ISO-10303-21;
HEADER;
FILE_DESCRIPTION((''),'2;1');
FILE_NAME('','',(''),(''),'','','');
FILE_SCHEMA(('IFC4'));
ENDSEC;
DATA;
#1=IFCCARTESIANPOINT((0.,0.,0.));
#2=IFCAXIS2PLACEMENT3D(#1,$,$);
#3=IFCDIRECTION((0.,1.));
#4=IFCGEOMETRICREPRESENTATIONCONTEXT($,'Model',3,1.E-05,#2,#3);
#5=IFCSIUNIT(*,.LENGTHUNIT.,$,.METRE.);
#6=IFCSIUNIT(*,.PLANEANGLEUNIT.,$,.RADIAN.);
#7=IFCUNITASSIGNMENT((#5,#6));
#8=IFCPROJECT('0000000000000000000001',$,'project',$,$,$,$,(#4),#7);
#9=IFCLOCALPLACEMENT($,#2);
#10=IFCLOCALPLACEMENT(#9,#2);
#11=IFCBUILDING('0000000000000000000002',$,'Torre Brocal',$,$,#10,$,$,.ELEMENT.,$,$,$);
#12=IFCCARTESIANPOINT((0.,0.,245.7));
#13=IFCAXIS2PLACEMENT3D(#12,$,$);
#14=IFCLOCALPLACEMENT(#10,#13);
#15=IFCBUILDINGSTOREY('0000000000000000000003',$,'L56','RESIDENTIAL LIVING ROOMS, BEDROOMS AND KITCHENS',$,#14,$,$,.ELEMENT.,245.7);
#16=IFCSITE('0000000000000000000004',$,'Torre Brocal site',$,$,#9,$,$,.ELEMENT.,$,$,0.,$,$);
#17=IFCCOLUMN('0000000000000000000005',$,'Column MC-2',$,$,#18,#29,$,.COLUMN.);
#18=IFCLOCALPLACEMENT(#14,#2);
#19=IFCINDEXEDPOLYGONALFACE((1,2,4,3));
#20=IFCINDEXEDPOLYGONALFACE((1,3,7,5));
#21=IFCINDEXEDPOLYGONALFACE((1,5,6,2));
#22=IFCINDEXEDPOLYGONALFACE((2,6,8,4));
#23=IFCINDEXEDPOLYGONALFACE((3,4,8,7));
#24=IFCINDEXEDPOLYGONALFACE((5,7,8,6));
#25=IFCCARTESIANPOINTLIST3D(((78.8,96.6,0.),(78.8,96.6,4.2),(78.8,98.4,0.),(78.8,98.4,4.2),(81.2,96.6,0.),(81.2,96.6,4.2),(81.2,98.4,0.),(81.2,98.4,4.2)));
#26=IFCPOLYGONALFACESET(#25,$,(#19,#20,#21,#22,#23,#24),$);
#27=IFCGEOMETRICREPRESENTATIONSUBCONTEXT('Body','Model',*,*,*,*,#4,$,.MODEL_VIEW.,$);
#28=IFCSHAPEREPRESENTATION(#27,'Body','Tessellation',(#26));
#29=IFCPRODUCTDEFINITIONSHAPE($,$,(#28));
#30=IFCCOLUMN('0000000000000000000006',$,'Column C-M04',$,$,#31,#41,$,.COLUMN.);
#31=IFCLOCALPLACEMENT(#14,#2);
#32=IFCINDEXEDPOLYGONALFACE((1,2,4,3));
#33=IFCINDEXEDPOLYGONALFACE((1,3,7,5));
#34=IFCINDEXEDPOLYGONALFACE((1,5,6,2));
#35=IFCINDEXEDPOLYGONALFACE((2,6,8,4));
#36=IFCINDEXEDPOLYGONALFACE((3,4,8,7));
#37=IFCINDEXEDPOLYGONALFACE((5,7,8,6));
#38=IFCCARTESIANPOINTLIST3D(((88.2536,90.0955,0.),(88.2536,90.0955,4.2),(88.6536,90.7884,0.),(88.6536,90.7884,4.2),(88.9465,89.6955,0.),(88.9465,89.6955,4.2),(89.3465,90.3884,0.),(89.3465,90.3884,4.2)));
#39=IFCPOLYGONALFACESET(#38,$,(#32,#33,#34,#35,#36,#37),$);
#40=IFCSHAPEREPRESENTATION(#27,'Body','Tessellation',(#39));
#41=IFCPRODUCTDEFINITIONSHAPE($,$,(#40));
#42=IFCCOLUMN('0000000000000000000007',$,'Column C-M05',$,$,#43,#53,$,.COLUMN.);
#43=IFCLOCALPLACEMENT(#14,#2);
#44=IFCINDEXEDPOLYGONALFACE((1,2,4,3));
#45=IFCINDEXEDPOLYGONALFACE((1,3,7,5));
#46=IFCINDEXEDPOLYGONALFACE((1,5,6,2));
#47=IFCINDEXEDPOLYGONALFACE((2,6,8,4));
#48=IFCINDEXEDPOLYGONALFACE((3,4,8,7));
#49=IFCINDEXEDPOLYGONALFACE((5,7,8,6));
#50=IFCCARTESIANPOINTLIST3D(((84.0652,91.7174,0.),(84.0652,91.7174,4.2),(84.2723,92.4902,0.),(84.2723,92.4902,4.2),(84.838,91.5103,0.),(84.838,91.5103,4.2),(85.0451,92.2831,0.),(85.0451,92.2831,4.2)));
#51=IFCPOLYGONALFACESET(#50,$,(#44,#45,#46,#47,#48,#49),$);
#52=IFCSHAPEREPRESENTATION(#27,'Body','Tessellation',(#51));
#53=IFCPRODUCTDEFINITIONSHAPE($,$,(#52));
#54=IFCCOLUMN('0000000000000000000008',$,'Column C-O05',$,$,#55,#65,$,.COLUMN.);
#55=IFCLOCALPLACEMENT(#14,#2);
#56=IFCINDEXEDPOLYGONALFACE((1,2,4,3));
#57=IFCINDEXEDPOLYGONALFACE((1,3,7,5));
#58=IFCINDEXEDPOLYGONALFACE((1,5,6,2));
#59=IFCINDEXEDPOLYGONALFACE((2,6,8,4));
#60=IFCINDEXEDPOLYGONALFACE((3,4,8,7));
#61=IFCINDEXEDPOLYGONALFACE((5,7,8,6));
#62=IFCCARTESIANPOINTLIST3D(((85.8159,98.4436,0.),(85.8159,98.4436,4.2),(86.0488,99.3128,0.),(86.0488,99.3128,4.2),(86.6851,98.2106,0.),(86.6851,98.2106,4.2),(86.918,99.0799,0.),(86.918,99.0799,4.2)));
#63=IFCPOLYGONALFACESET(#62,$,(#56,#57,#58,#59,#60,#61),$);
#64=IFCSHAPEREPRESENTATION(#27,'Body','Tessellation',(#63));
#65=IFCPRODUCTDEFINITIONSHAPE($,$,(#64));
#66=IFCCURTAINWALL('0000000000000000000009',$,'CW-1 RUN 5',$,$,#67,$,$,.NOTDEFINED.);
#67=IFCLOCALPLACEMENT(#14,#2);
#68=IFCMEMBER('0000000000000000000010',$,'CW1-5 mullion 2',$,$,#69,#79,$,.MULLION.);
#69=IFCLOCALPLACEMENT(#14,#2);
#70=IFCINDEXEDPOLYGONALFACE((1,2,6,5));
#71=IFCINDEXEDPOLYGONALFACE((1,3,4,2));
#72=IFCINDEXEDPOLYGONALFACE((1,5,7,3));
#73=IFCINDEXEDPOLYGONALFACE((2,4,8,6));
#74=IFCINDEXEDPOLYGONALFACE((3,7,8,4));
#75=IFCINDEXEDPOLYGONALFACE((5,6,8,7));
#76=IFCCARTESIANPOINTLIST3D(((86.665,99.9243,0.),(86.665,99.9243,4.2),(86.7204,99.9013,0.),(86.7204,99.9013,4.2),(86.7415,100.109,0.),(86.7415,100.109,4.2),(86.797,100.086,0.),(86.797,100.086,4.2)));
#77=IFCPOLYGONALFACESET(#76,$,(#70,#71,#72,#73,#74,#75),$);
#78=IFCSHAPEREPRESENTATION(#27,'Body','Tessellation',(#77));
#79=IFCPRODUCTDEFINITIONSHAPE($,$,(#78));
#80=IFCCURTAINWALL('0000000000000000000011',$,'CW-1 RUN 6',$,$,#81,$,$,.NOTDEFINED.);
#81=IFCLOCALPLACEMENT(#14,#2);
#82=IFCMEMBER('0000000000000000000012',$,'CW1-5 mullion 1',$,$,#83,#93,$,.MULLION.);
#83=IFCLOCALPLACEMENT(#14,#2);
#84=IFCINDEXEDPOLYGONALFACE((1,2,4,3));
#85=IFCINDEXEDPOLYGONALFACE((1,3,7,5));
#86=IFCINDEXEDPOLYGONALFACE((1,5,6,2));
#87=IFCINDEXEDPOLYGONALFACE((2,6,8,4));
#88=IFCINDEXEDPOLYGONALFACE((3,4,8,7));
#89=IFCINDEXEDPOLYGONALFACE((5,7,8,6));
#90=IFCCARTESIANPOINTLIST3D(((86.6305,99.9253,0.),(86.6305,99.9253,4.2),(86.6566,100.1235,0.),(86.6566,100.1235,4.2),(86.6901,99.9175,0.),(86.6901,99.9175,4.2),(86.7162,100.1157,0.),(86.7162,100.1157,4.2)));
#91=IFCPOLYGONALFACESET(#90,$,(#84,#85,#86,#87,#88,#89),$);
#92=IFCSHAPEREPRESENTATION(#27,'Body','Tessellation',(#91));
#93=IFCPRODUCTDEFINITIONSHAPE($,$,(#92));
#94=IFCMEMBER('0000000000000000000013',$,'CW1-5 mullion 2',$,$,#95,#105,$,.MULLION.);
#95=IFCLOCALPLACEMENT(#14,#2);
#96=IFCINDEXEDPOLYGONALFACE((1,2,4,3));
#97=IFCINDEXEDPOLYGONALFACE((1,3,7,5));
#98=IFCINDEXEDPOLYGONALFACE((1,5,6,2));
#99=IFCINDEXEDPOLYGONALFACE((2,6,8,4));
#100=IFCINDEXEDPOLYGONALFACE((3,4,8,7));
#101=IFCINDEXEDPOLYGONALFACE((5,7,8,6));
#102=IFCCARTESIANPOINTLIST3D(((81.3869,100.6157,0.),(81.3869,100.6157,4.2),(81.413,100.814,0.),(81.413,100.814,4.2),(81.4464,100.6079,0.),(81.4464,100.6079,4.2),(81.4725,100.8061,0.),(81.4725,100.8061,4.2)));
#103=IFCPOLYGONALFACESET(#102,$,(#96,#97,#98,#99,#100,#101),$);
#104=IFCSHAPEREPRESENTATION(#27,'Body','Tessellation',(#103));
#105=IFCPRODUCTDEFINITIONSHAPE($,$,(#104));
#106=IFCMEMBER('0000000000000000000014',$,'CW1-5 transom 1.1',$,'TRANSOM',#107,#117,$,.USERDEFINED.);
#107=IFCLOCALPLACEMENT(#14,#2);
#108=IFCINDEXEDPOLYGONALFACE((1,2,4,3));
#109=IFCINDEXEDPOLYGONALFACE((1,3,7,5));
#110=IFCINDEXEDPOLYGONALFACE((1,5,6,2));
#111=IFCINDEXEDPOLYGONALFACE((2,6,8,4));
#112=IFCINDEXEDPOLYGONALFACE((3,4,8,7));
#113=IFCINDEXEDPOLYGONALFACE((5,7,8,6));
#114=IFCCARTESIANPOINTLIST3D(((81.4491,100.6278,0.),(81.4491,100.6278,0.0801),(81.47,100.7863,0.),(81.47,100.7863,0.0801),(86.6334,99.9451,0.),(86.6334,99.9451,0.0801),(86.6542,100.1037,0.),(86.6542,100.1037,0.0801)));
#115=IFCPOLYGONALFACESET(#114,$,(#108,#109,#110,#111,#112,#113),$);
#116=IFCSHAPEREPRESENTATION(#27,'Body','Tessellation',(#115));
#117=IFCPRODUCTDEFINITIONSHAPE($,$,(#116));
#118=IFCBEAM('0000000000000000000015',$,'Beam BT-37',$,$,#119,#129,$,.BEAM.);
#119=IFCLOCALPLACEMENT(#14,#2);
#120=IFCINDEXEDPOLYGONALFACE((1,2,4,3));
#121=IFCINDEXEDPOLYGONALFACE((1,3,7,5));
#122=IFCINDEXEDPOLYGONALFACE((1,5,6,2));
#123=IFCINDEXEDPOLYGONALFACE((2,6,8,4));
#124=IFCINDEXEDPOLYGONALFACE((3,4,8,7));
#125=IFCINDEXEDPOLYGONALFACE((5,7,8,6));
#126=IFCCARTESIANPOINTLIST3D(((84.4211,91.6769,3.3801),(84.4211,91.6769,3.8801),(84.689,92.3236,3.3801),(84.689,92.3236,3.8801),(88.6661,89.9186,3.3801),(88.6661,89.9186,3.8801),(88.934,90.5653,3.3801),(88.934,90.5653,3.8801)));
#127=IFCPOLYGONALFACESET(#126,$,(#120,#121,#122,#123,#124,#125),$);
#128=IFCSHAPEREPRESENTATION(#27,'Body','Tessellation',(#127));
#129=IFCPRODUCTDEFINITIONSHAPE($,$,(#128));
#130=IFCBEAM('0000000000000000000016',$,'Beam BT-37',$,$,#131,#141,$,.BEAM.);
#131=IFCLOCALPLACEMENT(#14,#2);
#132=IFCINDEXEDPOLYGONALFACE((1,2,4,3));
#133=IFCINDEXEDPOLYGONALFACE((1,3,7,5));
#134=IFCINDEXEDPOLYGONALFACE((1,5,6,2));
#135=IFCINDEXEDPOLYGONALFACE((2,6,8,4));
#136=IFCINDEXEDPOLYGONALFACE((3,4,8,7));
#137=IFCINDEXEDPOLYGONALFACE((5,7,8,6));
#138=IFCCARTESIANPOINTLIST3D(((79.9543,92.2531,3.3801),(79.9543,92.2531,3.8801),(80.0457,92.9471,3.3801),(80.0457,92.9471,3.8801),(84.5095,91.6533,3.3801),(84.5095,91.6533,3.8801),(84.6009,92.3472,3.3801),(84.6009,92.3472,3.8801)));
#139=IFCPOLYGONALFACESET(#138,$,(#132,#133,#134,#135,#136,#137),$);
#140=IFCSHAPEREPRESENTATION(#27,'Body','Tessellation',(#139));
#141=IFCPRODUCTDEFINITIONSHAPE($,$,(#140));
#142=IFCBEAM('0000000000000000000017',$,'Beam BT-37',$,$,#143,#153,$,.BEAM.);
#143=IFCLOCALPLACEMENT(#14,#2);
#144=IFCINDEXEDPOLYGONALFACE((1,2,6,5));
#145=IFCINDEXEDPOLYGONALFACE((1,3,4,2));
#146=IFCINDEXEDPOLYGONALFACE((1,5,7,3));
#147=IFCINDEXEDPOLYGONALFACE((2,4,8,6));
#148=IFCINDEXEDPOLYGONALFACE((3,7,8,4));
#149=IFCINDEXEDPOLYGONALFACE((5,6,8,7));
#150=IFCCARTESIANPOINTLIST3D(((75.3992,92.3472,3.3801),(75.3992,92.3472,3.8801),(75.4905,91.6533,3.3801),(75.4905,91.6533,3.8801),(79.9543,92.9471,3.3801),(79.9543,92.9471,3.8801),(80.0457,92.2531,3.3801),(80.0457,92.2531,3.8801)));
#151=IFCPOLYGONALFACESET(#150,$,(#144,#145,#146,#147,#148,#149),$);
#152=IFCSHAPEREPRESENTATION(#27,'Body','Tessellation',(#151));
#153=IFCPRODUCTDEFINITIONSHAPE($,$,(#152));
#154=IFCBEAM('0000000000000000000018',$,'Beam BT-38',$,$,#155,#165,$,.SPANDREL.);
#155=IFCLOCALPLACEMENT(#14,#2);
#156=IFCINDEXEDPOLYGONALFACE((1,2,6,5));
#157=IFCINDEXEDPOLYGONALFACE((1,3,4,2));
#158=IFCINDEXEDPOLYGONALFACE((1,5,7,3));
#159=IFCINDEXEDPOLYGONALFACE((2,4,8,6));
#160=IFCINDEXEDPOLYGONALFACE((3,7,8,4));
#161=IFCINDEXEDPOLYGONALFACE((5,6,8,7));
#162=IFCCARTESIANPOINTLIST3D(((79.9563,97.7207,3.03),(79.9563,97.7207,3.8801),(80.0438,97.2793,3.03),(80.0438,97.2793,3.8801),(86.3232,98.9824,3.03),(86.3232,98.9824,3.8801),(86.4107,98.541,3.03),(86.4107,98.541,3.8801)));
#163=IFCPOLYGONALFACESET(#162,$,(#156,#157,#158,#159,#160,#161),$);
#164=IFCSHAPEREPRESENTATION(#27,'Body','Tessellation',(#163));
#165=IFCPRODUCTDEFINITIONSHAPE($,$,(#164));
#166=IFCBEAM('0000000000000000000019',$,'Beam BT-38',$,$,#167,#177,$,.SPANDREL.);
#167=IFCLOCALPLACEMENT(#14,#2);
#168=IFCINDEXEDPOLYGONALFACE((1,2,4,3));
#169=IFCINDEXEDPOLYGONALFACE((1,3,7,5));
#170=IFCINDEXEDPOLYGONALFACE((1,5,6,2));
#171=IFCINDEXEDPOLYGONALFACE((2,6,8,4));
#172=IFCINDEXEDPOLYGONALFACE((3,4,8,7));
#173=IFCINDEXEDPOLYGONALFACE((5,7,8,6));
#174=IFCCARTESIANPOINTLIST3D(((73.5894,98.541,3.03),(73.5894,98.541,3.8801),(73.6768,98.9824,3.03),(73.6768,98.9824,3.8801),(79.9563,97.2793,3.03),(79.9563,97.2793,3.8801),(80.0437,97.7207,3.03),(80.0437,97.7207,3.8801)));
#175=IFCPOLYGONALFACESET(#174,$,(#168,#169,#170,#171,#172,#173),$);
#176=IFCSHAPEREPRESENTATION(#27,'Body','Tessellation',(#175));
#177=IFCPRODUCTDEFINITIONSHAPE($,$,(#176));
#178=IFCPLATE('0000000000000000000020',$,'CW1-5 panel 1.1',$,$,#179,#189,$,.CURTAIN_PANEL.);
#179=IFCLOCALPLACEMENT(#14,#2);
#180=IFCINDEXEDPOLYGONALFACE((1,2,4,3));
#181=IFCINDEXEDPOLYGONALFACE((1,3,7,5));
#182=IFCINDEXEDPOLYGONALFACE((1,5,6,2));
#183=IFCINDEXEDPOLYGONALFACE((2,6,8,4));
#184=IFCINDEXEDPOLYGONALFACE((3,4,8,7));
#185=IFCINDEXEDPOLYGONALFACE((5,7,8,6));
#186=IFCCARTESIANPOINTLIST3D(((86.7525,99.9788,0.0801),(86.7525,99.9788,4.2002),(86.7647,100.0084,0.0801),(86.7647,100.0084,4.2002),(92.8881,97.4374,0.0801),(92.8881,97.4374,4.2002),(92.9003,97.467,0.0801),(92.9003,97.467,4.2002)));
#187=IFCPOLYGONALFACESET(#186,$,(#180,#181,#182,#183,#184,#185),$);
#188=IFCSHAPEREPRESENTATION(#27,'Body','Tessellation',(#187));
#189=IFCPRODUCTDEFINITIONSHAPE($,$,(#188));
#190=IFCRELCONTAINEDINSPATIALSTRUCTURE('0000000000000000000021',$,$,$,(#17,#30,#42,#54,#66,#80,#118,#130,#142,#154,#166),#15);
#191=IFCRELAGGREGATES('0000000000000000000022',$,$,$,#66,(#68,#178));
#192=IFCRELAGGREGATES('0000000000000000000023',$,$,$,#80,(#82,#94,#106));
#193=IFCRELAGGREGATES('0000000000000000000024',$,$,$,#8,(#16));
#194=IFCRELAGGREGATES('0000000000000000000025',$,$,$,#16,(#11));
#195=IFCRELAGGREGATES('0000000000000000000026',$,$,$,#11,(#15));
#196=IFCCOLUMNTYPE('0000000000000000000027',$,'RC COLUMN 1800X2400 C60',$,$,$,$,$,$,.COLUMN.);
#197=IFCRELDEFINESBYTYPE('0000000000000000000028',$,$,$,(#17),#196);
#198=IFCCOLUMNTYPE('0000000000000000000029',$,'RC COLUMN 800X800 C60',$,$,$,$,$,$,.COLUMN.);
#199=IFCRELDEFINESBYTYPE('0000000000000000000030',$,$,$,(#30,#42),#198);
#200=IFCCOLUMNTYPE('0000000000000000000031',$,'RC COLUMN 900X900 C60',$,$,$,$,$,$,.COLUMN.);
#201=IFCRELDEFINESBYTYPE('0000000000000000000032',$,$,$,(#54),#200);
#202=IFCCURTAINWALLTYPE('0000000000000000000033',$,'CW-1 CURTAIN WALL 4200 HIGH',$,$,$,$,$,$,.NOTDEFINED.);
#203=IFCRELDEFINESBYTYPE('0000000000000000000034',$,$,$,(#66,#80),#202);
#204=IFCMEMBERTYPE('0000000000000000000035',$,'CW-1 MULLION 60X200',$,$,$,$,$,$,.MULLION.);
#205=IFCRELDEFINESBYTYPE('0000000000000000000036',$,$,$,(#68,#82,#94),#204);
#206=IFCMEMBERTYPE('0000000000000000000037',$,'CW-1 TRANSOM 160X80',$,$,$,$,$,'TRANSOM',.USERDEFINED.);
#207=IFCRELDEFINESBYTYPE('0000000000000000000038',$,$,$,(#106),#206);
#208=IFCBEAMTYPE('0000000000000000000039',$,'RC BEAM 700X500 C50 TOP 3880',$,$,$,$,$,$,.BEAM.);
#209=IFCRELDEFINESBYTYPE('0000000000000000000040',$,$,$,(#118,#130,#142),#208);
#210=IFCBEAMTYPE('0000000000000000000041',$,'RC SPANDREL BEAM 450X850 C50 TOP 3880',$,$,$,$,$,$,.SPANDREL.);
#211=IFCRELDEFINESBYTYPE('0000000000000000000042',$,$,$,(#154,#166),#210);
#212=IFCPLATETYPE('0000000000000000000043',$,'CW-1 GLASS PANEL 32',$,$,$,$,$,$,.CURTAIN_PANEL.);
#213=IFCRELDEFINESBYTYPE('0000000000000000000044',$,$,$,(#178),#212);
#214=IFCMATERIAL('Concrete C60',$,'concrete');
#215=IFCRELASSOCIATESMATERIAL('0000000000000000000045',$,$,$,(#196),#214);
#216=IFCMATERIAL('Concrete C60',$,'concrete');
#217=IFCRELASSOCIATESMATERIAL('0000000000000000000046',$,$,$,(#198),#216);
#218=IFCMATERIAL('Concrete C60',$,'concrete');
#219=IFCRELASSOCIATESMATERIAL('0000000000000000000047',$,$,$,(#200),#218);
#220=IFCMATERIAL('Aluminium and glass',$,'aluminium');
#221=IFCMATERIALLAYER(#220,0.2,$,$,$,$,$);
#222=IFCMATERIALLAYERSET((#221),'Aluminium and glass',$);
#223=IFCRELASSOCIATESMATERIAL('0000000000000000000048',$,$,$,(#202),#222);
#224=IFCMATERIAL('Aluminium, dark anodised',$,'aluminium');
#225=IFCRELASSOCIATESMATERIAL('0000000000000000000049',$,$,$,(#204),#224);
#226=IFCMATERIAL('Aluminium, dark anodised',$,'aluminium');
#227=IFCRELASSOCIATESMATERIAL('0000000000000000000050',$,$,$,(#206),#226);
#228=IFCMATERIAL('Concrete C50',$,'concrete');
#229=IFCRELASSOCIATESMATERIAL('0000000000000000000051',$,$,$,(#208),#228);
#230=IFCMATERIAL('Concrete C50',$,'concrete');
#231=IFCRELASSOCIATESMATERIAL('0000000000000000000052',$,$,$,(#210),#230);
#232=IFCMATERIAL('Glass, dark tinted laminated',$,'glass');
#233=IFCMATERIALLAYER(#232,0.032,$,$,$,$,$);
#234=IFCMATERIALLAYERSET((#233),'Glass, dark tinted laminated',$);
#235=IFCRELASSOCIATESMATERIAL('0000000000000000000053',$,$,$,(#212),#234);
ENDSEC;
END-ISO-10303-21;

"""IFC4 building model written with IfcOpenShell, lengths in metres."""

from ifc_helpers import new_model, si_unit, direction, frame, origin, origin_2d, place, context, subcontext, project, spatial, rectangle, extrude, material, layer, layer_set, material_profile, profile_set, type_object, element, aggregate, save


model = new_model("IFC4")

# Units and contexts
model_context = context("Model", 3, precision=1e-05, world=origin(), true_north=direction((0.0, 1.0)))
body_context = subcontext(model_context, "Body", "Model", "MODEL_VIEW")
ifc_project = project(units=[si_unit("LENGTHUNIT", "METRE"), si_unit("PLANEANGLEUNIT", "RADIAN")], contexts=[model_context])

# Site, building, storey
site_placement = place(None, origin())
site = spatial("IfcSite", under=ifc_project, at=site_placement, Name="Torre Brocal site", CompositionType="ELEMENT", RefElevation=0.0)
building_placement = place(site_placement, origin())
building = spatial("IfcBuilding", under=site, at=building_placement, Name="Torre Brocal", CompositionType="ELEMENT")
storey_placement = place(building_placement, frame((0.0, 0.0, 245.7)))
storey = spatial("IfcBuildingStorey", under=building, at=storey_placement, Name="L56", Description="RESIDENTIAL LIVING ROOMS, BEDROOMS AND KITCHENS", CompositionType="ELEMENT", Elevation=245.7)

# Columns
ifc_material_1 = material(Name="Concrete C60", Category="concrete")
ifc_material_profile_1 = material_profile(ifc_material_1, rectangle(XDim=1.8, YDim=2.3999, at=origin_2d()), Name="RC 1800X2400")
ifc_profile_set_1 = profile_set([ifc_material_profile_1], Name="Concrete C60")
column_type_1 = type_object("IfcColumnType", Name="RC COLUMN 1800X2400 C60", PredefinedType="COLUMN", material=ifc_profile_set_1)
column_1_placement = place(storey_placement, frame((80.0, 97.5, 0.0), z_axis=(0.0, 0.0, 1.0), x_axis=(0.0, 1.0, 0.0)))
element("IfcColumn", 1, at=column_1_placement, inside=storey, type_object=column_type_1, Name="Column MC-2", PredefinedType="COLUMN", context=body_context, shape_type="SweptSolid", body=[
    extrude(rectangle(XDim=1.8, YDim=2.3999, at=origin_2d()), origin(), (0.0, 0.0, 1.0), 4.2),
])
ifc_material_2 = material(Name="Concrete C60", Category="concrete")
ifc_material_profile_2 = material_profile(ifc_material_2, rectangle(XDim=0.8, YDim=0.8, at=origin_2d()), Name="RC 800X800")
ifc_profile_set_2 = profile_set([ifc_material_profile_2], Name="Concrete C60")
column_type_2 = type_object("IfcColumnType", Name="RC COLUMN 800X800 C60", PredefinedType="COLUMN", material=ifc_profile_set_2)
for number, where, z_axis, x_axis, name in (
    (2, (88.8, 90.2419, 0.0), (0.0, 0.0, 1.0), (0.5, 0.866025, 0.0), "Column C-M04"),
    (3, (84.5552, 92.0002, 0.0), (0.0, 0.0, 1.0), (0.258819, 0.965926, 0.0), "Column C-M05"),
):
    element("IfcColumn", number, at=place(storey_placement, frame(where, z_axis=z_axis, x_axis=x_axis)), inside=storey, type_object=column_type_2, Name=name, PredefinedType="COLUMN", context=body_context, shape_type="SweptSolid", body=[
        extrude(rectangle(XDim=0.8, YDim=0.8, at=origin_2d()), origin(), (0.0, 0.0, 1.0), 4.2),
    ])
ifc_material_3 = material(Name="Concrete C60", Category="concrete")
ifc_material_profile_3 = material_profile(ifc_material_3, rectangle(XDim=0.8999, YDim=0.8999, at=origin_2d()), Name="RC 900X900")
ifc_profile_set_3 = profile_set([ifc_material_profile_3], Name="Concrete C60")
column_type_3 = type_object("IfcColumnType", Name="RC COLUMN 900X900 C60", PredefinedType="COLUMN", material=ifc_profile_set_3)
column_2_placement = place(storey_placement, frame((86.3669, 98.7617, 0.0), z_axis=(0.0, 0.0, 1.0), x_axis=(0.258819, 0.965926, 0.0)))
element("IfcColumn", 4, at=column_2_placement, inside=storey, type_object=column_type_3, Name="Column C-O05", PredefinedType="COLUMN", context=body_context, shape_type="SweptSolid", body=[
    extrude(rectangle(XDim=0.8999, YDim=0.8999, at=origin_2d()), origin(), (0.0, 0.0, 1.0), 4.2),
])

# Curtain wall, member
ifc_material_4 = material(Name="Aluminium and glass", Category="aluminium")
ifc_layer_1 = layer(ifc_material_4, 0.2)
ifc_layer_set_1 = layer_set([ifc_layer_1], Name="Aluminium and glass")
curtain_wall_type = type_object("IfcCurtainWallType", Name="CW-1 CURTAIN WALL 4200 HIGH", PredefinedType="NOTDEFINED", material=ifc_layer_set_1)
curtain_wall_1_placement = place(storey_placement, origin())
curtain_wall_1 = element("IfcCurtainWall", 5, at=curtain_wall_1_placement, inside=storey, type_object=curtain_wall_type, Name="CW-1 RUN 5", PredefinedType="NOTDEFINED")
ifc_material_5 = material(Name="Aluminium, dark anodised", Category="aluminium")
ifc_material_profile_4 = material_profile(ifc_material_5, rectangle(XDim=0.2, YDim=0.0601, at=origin_2d()), Name="CW-1 MULLION 60X200")
ifc_profile_set_4 = profile_set([ifc_material_profile_4], Name="Aluminium, dark anodised")
member_type_1 = type_object("IfcMemberType", Name="CW-1 MULLION 60X200", PredefinedType="MULLION", material=ifc_profile_set_4)
member_1_placement = place(storey_placement, frame((86.731, 100.0051, 0.0), z_axis=(0.0, 0.0, 1.0), x_axis=(-0.382683, -0.92388, 0.0)))
member_1 = element("IfcMember", 6, at=member_1_placement, type_object=member_type_1, Name="CW1-5 mullion 2", PredefinedType="MULLION", context=body_context, shape_type="SweptSolid", body=[
    extrude(rectangle(XDim=0.2, YDim=0.0601, at=origin_2d()), origin(), (0.0, 0.0, 1.0), 4.2),
])

# Curtain wall, members
curtain_wall_2_placement = place(storey_placement, origin())
curtain_wall_2 = element("IfcCurtainWall", 7, at=curtain_wall_2_placement, inside=storey, type_object=curtain_wall_type, Name="CW-1 RUN 6", PredefinedType="NOTDEFINED")
member_2_placement = place(storey_placement, frame((86.6733, 100.0205, 0.0), z_axis=(0.0, 0.0, 1.0), x_axis=(-0.130526, -0.991445, 0.0)))
member_2 = element("IfcMember", 8, at=member_2_placement, type_object=member_type_1, Name="CW1-5 mullion 1", PredefinedType="MULLION", context=body_context, shape_type="SweptSolid", body=[
    extrude(rectangle(XDim=0.2, YDim=0.0601, at=origin_2d()), origin(), (0.0, 0.0, 1.0), 4.2),
])
member_3_placement = place(storey_placement, frame((81.4297, 100.7109, 0.0), z_axis=(0.0, 0.0, 1.0), x_axis=(-0.130526, -0.991445, 0.0)))
member_3 = element("IfcMember", 9, at=member_3_placement, type_object=member_type_1, Name="CW1-5 mullion 2", PredefinedType="MULLION", context=body_context, shape_type="SweptSolid", body=[
    extrude(rectangle(XDim=0.2, YDim=0.0601, at=origin_2d()), origin(), (0.0, 0.0, 1.0), 4.2),
])
ifc_material_6 = material(Name="Aluminium, dark anodised", Category="aluminium")
ifc_material_profile_5 = material_profile(ifc_material_6, rectangle(XDim=0.1599, YDim=0.0801, at=origin_2d()), Name="CW-1 TRANSOM 160X80")
ifc_profile_set_5 = profile_set([ifc_material_profile_5], Name="Aluminium, dark anodised")
member_type_2 = type_object("IfcMemberType", Name="CW-1 TRANSOM 160X80", ElementType="TRANSOM", PredefinedType="USERDEFINED", material=ifc_profile_set_5)
member_4_placement = place(storey_placement, frame((86.6438, 100.0244, 0.04), z_axis=(-0.991443, 0.130543, 0.0), x_axis=(-0.130543, -0.991443, 0.0)))
member_4 = element("IfcMember", 10, at=member_4_placement, type_object=member_type_2, Name="CW1-5 transom 1.1", ObjectType="TRANSOM", PredefinedType="USERDEFINED", context=body_context, shape_type="SweptSolid", body=[
    extrude(rectangle(XDim=0.1599, YDim=0.0801, at=origin_2d()), origin(), (0.0, 0.0, 1.0), 5.229),
])

# Beams
ifc_material_7 = material(Name="Concrete C50", Category="concrete")
ifc_material_profile_6 = material_profile(ifc_material_7, rectangle(XDim=0.7, YDim=0.5, at=origin_2d()), Name="RC 700X500")
ifc_profile_set_6 = profile_set([ifc_material_profile_6], Name="Concrete C50")
beam_type_1 = type_object("IfcBeamType", Name="RC BEAM 700X500 C50 TOP 3880", PredefinedType="BEAM", material=ifc_profile_set_6)
beam_placement = place(storey_placement, frame((88.8, 90.2419, 3.6301), z_axis=(-0.923878, 0.382687, 0.0), x_axis=(-0.382687, -0.923878, 0.0)))
element("IfcBeam", 11, at=beam_placement, inside=storey, type_object=beam_type_1, Name="Beam BT-37", PredefinedType="BEAM", context=body_context, shape_type="SweptSolid", body=[
    extrude(rectangle(XDim=0.7, YDim=0.5, at=origin_2d()), origin(), (0.0, 0.0, 1.0), 4.5947),
])
for number, where, z_axis, x_axis, name in (
    (12, (84.5552, 92.0002, 3.6301), (-0.991441, 0.130559, 0.0), (-0.130559, -0.991441, 0.0), "Beam BT-37"),
    (13, (80.0, 92.6001, 3.6301), (-0.991441, -0.130559, 0.0), (0.130559, -0.991441, 0.0), "Beam BT-37"),
):
    element("IfcBeam", number, at=place(storey_placement, frame(where, z_axis=z_axis, x_axis=x_axis)), inside=storey, type_object=beam_type_1, Name=name, PredefinedType="BEAM", context=body_context, shape_type="SweptSolid", body=[
        extrude(rectangle(XDim=0.7, YDim=0.5, at=origin_2d()), origin(), (0.0, 0.0, 1.0), 4.5945),
    ])
ifc_material_8 = material(Name="Concrete C50", Category="concrete")
ifc_material_profile_7 = material_profile(ifc_material_8, rectangle(XDim=0.45, YDim=0.8501, at=origin_2d()), Name="RC 450X850")
ifc_profile_set_7 = profile_set([ifc_material_profile_7], Name="Concrete C50")
beam_type_2 = type_object("IfcBeamType", Name="RC SPANDREL BEAM 450X850 C50 TOP 3880", PredefinedType="SPANDREL", material=ifc_profile_set_7)
for number, where, z_axis, x_axis, name in (
    (14, (86.3669, 98.7617, 3.4551), (-0.980925, -0.194387, 0.0), (0.194387, -0.980925, 0.0), "Beam BT-38"),
    (15, (80.0, 97.5, 3.4551), (-0.980925, 0.194387, 0.0), (-0.194387, -0.980925, 0.0), "Beam BT-38"),
):
    element("IfcBeam", number, at=place(storey_placement, frame(where, z_axis=z_axis, x_axis=x_axis)), inside=storey, type_object=beam_type_2, Name=name, PredefinedType="SPANDREL", context=body_context, shape_type="SweptSolid", body=[
        extrude(rectangle(XDim=0.45, YDim=0.8501, at=origin_2d()), origin(), (0.0, 0.0, 1.0), 6.4907),
    ])

# Plate
ifc_material_9 = material(Name="Glass, dark tinted laminated", Category="glass")
ifc_layer_2 = layer(ifc_material_9, 0.032)
ifc_layer_set_2 = layer_set([ifc_layer_2], Name="Glass, dark tinted laminated")
plate_type = type_object("IfcPlateType", Name="CW-1 GLASS PANEL 32", PredefinedType="CURTAIN_PANEL", material=ifc_layer_set_2)
plate_1_placement = place(storey_placement, frame((89.8264, 98.7229, 0.0801), z_axis=(0.0, 0.0, 1.0), x_axis=(-0.92388, 0.382683, 0.0)))
plate_1 = element("IfcPlate", 16, at=plate_1_placement, type_object=plate_type, Name="CW1-5 panel 1.1", PredefinedType="CURTAIN_PANEL", context=body_context, shape_type="SweptSolid", body=[
    extrude(rectangle(XDim=6.6411, YDim=0.032, at=origin_2d()), origin(), (0.0, 0.0, 1.0), 4.1201),
])
aggregate(curtain_wall_1, [member_1, plate_1])
aggregate(curtain_wall_2, [member_2, member_3, member_4])

save(model, "model.ifc")
